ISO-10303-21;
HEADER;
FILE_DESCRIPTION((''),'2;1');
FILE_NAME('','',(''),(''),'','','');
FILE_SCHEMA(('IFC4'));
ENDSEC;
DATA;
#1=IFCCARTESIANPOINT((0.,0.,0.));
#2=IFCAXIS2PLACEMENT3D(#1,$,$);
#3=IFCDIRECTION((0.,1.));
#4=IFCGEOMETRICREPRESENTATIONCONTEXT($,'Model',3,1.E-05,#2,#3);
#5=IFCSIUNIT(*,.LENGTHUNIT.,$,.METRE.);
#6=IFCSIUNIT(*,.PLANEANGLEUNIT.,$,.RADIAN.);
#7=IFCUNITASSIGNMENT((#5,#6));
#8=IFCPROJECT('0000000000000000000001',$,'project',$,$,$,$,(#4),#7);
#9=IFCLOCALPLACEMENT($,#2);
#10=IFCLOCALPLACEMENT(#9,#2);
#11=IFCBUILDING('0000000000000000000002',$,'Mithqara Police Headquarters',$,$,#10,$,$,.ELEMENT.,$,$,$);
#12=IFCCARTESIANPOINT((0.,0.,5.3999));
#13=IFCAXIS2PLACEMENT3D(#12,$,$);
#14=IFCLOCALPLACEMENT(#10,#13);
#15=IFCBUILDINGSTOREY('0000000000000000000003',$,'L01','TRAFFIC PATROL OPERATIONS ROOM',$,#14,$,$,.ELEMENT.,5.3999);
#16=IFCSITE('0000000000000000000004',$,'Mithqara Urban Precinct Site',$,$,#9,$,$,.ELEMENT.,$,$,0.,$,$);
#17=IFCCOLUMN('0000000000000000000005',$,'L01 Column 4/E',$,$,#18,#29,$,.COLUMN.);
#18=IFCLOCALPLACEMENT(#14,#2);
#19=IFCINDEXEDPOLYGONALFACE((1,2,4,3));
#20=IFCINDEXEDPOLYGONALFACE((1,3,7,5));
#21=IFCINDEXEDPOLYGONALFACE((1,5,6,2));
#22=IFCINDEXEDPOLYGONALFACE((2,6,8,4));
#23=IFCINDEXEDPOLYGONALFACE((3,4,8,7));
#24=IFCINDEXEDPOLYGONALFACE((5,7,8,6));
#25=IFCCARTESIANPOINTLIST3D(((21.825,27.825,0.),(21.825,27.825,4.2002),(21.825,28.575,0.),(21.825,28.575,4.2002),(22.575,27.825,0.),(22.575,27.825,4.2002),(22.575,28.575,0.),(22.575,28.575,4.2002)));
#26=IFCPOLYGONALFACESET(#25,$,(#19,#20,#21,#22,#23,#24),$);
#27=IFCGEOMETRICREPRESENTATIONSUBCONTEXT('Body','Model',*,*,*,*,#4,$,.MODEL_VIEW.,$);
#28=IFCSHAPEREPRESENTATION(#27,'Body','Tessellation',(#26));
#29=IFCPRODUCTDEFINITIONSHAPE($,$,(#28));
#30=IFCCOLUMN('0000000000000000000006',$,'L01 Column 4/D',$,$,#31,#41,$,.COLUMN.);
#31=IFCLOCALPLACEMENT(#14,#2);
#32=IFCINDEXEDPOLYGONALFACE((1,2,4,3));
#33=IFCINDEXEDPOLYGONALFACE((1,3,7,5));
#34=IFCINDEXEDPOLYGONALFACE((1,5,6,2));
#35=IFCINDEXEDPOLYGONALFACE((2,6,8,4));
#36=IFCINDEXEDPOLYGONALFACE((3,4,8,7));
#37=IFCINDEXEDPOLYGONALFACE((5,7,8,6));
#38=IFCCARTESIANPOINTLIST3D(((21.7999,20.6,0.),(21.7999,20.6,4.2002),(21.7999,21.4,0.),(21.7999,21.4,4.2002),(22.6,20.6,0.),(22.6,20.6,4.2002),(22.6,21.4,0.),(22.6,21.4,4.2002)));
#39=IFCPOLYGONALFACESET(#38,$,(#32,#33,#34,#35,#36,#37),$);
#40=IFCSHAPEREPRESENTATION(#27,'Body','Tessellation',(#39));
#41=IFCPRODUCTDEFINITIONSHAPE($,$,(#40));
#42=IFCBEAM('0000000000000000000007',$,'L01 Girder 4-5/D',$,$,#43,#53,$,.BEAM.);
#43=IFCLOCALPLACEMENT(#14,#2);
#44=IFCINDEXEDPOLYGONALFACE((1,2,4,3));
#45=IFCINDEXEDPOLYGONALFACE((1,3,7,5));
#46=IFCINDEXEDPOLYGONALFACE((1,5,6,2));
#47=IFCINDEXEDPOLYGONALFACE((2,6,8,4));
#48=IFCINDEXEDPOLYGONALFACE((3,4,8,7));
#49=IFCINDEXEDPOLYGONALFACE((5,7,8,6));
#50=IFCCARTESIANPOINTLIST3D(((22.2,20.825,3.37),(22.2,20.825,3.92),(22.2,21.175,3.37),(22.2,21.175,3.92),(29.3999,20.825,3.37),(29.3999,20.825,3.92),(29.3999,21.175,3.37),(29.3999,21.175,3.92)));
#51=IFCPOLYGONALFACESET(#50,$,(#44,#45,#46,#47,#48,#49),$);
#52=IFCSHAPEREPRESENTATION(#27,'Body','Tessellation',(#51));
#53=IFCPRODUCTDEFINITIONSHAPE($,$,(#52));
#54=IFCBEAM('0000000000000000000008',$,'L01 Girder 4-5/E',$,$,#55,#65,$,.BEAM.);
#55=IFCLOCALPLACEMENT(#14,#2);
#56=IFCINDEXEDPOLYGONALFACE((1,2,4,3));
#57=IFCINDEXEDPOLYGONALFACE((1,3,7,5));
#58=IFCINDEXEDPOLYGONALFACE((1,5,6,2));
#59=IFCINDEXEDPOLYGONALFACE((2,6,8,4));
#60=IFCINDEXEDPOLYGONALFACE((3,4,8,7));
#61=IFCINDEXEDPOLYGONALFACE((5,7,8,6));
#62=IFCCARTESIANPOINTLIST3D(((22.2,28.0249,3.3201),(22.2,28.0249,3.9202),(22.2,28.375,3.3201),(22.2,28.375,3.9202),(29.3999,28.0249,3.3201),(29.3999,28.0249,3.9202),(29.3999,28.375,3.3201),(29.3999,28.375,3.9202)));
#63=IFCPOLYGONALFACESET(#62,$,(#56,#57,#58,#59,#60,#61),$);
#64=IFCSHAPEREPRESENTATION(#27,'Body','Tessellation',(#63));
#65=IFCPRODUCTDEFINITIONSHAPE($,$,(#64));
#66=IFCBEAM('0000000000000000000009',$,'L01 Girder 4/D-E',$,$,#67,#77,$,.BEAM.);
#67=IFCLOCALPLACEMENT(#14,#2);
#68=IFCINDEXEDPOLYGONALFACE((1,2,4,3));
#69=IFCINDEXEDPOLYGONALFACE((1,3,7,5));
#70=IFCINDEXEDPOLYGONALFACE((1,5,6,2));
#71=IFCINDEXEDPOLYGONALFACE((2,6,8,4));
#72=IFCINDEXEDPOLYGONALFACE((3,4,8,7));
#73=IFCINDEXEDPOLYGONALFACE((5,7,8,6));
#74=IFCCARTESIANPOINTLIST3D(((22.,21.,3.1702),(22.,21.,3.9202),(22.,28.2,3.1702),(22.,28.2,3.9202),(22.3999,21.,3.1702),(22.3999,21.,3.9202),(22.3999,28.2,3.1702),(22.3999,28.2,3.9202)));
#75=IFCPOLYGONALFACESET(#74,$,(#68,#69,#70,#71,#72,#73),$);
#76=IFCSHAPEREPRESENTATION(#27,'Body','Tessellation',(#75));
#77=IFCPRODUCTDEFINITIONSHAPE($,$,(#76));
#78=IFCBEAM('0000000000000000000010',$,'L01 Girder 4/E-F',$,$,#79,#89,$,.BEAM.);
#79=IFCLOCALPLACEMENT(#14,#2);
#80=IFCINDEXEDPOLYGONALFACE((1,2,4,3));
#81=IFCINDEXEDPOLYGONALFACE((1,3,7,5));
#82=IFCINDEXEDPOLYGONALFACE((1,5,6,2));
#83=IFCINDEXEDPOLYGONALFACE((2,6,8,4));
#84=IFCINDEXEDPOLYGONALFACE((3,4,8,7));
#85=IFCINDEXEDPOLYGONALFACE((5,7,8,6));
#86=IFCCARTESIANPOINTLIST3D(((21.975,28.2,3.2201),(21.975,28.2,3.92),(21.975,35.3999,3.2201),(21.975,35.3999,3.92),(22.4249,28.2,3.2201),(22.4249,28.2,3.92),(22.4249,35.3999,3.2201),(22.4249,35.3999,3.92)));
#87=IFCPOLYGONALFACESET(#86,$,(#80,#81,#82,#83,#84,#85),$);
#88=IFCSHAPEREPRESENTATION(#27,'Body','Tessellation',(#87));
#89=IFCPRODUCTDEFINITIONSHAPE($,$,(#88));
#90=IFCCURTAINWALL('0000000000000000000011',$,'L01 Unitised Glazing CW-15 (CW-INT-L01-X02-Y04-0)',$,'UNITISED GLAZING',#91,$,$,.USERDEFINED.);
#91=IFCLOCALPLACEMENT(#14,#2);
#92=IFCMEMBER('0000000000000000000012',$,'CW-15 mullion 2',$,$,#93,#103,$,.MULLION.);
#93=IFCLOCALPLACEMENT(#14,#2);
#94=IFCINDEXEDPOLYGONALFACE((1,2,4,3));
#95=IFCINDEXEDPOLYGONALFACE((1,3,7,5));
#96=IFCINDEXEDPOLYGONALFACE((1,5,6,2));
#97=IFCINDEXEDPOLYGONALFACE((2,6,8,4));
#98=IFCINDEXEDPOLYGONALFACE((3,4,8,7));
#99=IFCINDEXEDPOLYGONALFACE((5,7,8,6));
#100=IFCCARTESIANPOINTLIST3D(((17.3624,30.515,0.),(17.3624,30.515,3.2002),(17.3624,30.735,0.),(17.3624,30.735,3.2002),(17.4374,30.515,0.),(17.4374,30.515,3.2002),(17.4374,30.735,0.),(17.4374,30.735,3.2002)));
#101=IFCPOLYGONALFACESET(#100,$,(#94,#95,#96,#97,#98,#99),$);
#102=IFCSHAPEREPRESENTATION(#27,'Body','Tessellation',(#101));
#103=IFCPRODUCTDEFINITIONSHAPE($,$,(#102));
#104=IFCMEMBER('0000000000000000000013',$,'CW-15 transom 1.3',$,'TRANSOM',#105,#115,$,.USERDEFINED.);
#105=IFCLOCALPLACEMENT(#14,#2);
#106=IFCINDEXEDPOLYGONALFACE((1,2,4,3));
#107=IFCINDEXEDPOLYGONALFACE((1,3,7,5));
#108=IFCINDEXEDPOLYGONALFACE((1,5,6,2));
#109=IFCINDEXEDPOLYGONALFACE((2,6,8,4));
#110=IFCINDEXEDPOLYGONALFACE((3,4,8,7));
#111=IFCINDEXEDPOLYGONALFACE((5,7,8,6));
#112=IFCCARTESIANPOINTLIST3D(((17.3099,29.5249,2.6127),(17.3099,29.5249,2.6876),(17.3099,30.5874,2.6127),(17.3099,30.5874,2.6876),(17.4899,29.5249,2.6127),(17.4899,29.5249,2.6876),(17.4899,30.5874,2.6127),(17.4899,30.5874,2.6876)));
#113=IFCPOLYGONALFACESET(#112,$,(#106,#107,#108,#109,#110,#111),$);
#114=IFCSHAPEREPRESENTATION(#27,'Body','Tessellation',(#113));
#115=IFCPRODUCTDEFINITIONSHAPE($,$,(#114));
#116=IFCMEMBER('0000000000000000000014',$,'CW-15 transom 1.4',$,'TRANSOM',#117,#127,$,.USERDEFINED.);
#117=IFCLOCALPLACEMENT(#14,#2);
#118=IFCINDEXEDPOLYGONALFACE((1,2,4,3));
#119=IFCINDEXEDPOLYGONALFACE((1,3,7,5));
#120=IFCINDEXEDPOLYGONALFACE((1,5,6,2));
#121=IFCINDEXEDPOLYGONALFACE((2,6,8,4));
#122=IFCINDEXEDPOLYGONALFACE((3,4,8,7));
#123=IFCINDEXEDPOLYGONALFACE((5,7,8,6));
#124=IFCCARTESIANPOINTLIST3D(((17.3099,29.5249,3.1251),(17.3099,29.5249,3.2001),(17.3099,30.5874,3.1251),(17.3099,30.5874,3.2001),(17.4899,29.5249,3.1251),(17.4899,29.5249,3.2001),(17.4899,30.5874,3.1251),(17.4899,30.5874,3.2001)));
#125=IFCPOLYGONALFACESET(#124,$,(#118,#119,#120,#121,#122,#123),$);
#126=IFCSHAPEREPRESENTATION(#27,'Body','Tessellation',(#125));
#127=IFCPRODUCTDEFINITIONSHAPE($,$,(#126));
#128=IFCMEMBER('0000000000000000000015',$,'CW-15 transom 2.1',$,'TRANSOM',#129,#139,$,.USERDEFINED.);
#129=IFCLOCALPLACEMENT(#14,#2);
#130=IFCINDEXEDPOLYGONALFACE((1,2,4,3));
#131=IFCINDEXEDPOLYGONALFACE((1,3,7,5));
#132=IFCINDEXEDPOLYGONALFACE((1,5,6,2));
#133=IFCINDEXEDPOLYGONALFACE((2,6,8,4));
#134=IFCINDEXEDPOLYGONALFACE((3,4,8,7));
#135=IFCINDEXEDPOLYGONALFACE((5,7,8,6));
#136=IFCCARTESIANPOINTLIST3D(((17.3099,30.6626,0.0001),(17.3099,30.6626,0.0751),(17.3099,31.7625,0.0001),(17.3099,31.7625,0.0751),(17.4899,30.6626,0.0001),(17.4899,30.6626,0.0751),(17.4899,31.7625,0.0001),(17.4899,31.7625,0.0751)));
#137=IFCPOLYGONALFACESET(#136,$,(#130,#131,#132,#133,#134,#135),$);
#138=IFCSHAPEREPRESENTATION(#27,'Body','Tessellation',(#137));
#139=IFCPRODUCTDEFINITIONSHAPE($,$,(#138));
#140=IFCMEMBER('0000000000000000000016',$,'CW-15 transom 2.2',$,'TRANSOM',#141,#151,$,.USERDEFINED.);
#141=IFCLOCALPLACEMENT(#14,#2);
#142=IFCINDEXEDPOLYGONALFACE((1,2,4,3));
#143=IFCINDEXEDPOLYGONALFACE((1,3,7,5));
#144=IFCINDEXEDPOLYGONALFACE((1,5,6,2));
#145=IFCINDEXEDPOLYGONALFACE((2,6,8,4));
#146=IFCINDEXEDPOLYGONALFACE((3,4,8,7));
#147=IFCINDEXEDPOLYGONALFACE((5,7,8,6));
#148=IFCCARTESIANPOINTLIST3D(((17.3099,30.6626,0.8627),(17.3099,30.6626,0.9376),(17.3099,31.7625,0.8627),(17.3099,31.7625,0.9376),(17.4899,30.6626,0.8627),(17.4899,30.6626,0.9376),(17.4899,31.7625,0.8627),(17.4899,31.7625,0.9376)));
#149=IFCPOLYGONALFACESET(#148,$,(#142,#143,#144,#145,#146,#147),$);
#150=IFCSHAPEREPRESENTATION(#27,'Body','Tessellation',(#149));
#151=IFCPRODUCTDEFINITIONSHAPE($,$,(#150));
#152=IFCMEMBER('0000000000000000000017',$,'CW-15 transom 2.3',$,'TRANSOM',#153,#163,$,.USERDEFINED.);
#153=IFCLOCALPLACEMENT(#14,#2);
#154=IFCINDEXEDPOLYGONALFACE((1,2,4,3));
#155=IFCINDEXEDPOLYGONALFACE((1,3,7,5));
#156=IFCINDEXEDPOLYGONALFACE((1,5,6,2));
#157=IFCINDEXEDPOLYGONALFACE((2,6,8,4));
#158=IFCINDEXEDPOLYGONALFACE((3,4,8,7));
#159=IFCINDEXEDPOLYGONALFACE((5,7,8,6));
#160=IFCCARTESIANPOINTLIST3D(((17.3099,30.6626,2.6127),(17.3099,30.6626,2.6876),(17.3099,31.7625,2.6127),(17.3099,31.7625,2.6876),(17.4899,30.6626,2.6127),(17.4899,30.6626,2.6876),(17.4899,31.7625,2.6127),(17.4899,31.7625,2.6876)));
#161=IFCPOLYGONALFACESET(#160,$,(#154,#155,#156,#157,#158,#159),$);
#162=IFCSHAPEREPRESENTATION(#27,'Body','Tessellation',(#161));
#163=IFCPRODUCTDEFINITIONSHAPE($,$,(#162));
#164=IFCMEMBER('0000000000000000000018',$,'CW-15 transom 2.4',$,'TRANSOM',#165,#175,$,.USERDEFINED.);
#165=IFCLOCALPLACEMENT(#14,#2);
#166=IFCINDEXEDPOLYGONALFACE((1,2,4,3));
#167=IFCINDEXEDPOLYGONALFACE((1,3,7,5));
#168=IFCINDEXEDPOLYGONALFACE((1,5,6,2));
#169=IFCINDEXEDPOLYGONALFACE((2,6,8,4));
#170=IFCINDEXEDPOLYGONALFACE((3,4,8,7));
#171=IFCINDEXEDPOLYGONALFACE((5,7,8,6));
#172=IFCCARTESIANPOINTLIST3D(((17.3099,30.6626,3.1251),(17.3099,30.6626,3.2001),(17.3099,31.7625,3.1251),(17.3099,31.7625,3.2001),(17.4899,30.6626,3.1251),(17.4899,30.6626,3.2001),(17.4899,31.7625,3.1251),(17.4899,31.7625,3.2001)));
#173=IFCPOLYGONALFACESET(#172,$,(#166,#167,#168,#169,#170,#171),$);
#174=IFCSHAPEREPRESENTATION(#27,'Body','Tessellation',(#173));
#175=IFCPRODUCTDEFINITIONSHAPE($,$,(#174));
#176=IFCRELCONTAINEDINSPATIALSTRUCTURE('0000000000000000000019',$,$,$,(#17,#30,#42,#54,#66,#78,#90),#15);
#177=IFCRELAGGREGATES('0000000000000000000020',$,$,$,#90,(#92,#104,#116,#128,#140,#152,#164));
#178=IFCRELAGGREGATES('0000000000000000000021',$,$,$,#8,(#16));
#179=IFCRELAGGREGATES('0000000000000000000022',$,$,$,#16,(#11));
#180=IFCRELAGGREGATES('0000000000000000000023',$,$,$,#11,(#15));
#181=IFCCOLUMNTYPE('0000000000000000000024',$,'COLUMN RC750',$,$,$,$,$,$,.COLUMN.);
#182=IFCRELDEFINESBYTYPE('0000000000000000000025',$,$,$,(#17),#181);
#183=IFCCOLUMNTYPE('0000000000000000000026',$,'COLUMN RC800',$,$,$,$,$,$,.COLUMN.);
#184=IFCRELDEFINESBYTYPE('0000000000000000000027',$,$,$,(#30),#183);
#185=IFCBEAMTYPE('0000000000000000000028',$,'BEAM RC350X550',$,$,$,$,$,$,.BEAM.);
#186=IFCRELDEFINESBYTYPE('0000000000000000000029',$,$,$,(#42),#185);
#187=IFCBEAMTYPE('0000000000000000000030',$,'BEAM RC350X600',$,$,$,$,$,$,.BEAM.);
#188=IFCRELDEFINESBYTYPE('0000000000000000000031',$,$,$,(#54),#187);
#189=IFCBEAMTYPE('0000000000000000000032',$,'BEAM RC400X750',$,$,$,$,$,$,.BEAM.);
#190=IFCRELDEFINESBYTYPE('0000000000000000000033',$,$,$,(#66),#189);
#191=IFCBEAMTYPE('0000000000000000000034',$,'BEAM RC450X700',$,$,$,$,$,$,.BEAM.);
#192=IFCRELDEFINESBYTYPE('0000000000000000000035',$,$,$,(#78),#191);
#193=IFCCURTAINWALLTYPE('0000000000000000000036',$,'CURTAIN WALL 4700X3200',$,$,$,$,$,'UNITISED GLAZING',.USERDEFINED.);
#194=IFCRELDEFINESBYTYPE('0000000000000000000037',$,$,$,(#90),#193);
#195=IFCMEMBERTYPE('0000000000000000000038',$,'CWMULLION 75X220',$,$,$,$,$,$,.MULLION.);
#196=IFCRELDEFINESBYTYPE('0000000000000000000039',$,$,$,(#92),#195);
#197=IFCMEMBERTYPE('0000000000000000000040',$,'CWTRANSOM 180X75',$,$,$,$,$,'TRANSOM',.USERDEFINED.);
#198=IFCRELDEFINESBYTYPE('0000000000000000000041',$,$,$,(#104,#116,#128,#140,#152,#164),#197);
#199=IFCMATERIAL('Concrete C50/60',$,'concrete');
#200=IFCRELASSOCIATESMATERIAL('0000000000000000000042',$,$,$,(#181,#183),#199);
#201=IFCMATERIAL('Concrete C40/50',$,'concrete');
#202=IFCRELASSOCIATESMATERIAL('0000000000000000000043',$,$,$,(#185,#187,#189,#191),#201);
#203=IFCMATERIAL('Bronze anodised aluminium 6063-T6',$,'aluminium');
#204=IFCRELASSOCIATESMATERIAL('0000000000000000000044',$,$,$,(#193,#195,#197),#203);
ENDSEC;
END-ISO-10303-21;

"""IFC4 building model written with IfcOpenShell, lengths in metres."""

from ifc_helpers import new_model, si_unit, direction, frame, origin, origin_2d, place, context, subcontext, project, spatial, rectangle, extrude, material, material_profile, profile_set, type_object, element, aggregate, save


model = new_model("IFC4")

# Units and contexts
model_context = context("Model", 3, precision=1e-05, world=origin(), true_north=direction((0.0, 1.0)))
body_context = subcontext(model_context, "Body", "Model", "MODEL_VIEW")
ifc_project = project(units=[si_unit("LENGTHUNIT", "METRE"), si_unit("PLANEANGLEUNIT", "RADIAN")], contexts=[model_context])

# Site, building, storey
site_placement = place(None, origin())
site = spatial("IfcSite", under=ifc_project, at=site_placement, Name="Mithqara Urban Precinct Site", CompositionType="ELEMENT", RefElevation=0.0)
building_placement = place(site_placement, origin())
building = spatial("IfcBuilding", under=site, at=building_placement, Name="Mithqara Police Headquarters", CompositionType="ELEMENT")
storey_placement = place(building_placement, frame((0.0, 0.0, 5.3999)))
storey = spatial("IfcBuildingStorey", under=building, at=storey_placement, Name="L01", Description="TRAFFIC PATROL OPERATIONS ROOM", CompositionType="ELEMENT", Elevation=5.3999)

# Columns
ifc_material_1 = material(Name="Concrete C50/60", Category="concrete")
ifc_material_profile_1 = material_profile(ifc_material_1, rectangle(XDim=0.75, YDim=0.75, at=origin_2d()), Name="RC 750x750")
ifc_profile_set_1 = profile_set([ifc_material_profile_1], Name="Concrete C50/60")
column_type_1 = type_object("IfcColumnType", Name="COLUMN RC750", PredefinedType="COLUMN", material=ifc_profile_set_1)
column_1_placement = place(storey_placement, frame((22.2, 28.2, 0.0), z_axis=(0.0, 0.0, 1.0), x_axis=(1.0, 0.0, 0.0)))
element("IfcColumn", 1, at=column_1_placement, inside=storey, type_object=column_type_1, Name="L01 Column 4/E", PredefinedType="COLUMN", context=body_context, shape_type="SweptSolid", body=[
    extrude(rectangle(XDim=0.75, YDim=0.75, at=origin_2d()), origin(), (0.0, 0.0, 1.0), 4.2002),
])
ifc_material_profile_2 = material_profile(ifc_material_1, rectangle(XDim=0.8, YDim=0.8, at=origin_2d()), Name="RC 800x800")
ifc_profile_set_2 = profile_set([ifc_material_profile_2], Name="Concrete C50/60")
column_type_2 = type_object("IfcColumnType", Name="COLUMN RC800", PredefinedType="COLUMN", material=ifc_profile_set_2)
column_2_placement = place(storey_placement, frame((22.2, 21.0, 0.0), z_axis=(0.0, 0.0, 1.0), x_axis=(1.0, 0.0, 0.0)))
element("IfcColumn", 2, at=column_2_placement, inside=storey, type_object=column_type_2, Name="L01 Column 4/D", PredefinedType="COLUMN", context=body_context, shape_type="SweptSolid", body=[
    extrude(rectangle(XDim=0.8, YDim=0.8, at=origin_2d()), origin(), (0.0, 0.0, 1.0), 4.2002),
])

# Beams
ifc_material_2 = material(Name="Concrete C40/50", Category="concrete")
ifc_material_profile_3 = material_profile(ifc_material_2, rectangle(XDim=0.3501, YDim=0.55, at=origin_2d()), Name="RC 350x550")
ifc_profile_set_3 = profile_set([ifc_material_profile_3], Name="Concrete C40/50")
beam_type_1 = type_object("IfcBeamType", Name="BEAM RC350X550", PredefinedType="BEAM", material=ifc_profile_set_3)
beam_1_placement = place(storey_placement, frame((22.2, 21.0, 3.645), z_axis=(1.0, 0.0, 0.0), x_axis=(0.0, 1.0, 0.0)))
element("IfcBeam", 3, at=beam_1_placement, inside=storey, type_object=beam_type_1, Name="L01 Girder 4-5/D", PredefinedType="BEAM", context=body_context, shape_type="SweptSolid", body=[
    extrude(rectangle(XDim=0.3501, YDim=0.55, at=origin_2d()), origin(), (0.0, 0.0, 1.0), 7.2),
])
ifc_material_profile_4 = material_profile(ifc_material_2, rectangle(XDim=0.3501, YDim=0.6001, at=origin_2d()), Name="RC 350x600")
ifc_profile_set_4 = profile_set([ifc_material_profile_4], Name="Concrete C40/50")
beam_type_2 = type_object("IfcBeamType", Name="BEAM RC350X600", PredefinedType="BEAM", material=ifc_profile_set_4)
beam_2_placement = place(storey_placement, frame((22.2, 28.2, 3.6201), z_axis=(1.0, 0.0, 0.0), x_axis=(0.0, 1.0, 0.0)))
element("IfcBeam", 4, at=beam_2_placement, inside=storey, type_object=beam_type_2, Name="L01 Girder 4-5/E", PredefinedType="BEAM", context=body_context, shape_type="SweptSolid", body=[
    extrude(rectangle(XDim=0.3501, YDim=0.6001, at=origin_2d()), origin(), (0.0, 0.0, 1.0), 7.2),
])
ifc_material_profile_5 = material_profile(ifc_material_2, rectangle(XDim=0.3999, YDim=0.75, at=origin_2d()), Name="RC 400x750")
ifc_profile_set_5 = profile_set([ifc_material_profile_5], Name="Concrete C40/50")
beam_type_3 = type_object("IfcBeamType", Name="BEAM RC400X750", PredefinedType="BEAM", material=ifc_profile_set_5)
beam_3_placement = place(storey_placement, frame((22.2, 21.0, 3.5452), z_axis=(0.0, 1.0, 0.0), x_axis=(-1.0, 0.0, 0.0)))
element("IfcBeam", 5, at=beam_3_placement, inside=storey, type_object=beam_type_3, Name="L01 Girder 4/D-E", PredefinedType="BEAM", context=body_context, shape_type="SweptSolid", body=[
    extrude(rectangle(XDim=0.3999, YDim=0.75, at=origin_2d()), origin(), (0.0, 0.0, 1.0), 7.2),
])
ifc_material_profile_6 = material_profile(ifc_material_2, rectangle(XDim=0.45, YDim=0.7, at=origin_2d()), Name="RC 450x700")
ifc_profile_set_6 = profile_set([ifc_material_profile_6], Name="Concrete C40/50")
beam_type_4 = type_object("IfcBeamType", Name="BEAM RC450X700", PredefinedType="BEAM", material=ifc_profile_set_6)
beam_4_placement = place(storey_placement, frame((22.2, 28.2, 3.5701), z_axis=(0.0, 1.0, 0.0), x_axis=(-1.0, 0.0, 0.0)))
element("IfcBeam", 6, at=beam_4_placement, inside=storey, type_object=beam_type_4, Name="L01 Girder 4/E-F", PredefinedType="BEAM", context=body_context, shape_type="SweptSolid", body=[
    extrude(rectangle(XDim=0.45, YDim=0.7, at=origin_2d()), origin(), (0.0, 0.0, 1.0), 7.2),
])

# Curtain wall, members
ifc_material_3 = material(Name="Bronze anodised aluminium 6063-T6", Category="aluminium")
curtain_wall_type = type_object("IfcCurtainWallType", Name="CURTAIN WALL 4700X3200", ElementType="UNITISED GLAZING", PredefinedType="USERDEFINED", material=ifc_material_3)
curtain_wall_placement = place(storey_placement, origin())
curtain_wall = element("IfcCurtainWall", 7, at=curtain_wall_placement, inside=storey, type_object=curtain_wall_type, Name="L01 Unitised Glazing CW-15 (CW-INT-L01-X02-Y04-0)", ObjectType="UNITISED GLAZING", PredefinedType="USERDEFINED")
ifc_material_profile_7 = material_profile(ifc_material_3, rectangle(XDim=0.075, YDim=0.22, at=origin_2d()), Name="CWM 75x220")
ifc_profile_set_7 = profile_set([ifc_material_profile_7], Name="Bronze anodised aluminium 6063-T6")
member_type_1 = type_object("IfcMemberType", Name="CWMULLION 75X220", PredefinedType="MULLION", material=ifc_profile_set_7)
member_1_placement = place(storey_placement, frame((17.3999, 30.625, 0.0), z_axis=(0.0, 0.0, 1.0), x_axis=(-1.0, 0.0, 0.0)))
member_1 = element("IfcMember", 8, at=member_1_placement, type_object=member_type_1, Name="CW-15 mullion 2", PredefinedType="MULLION", context=body_context, shape_type="SweptSolid", body=[
    extrude(rectangle(XDim=0.075, YDim=0.22, at=origin_2d()), origin(), (0.0, 0.0, 1.0), 3.2002),
])
ifc_material_profile_8 = material_profile(ifc_material_3, rectangle(XDim=0.1799, YDim=0.075, at=origin_2d()), Name="CWT 180x75")
ifc_profile_set_8 = profile_set([ifc_material_profile_8], Name="Bronze anodised aluminium 6063-T6")
member_type_2 = type_object("IfcMemberType", Name="CWTRANSOM 180X75", ElementType="TRANSOM", PredefinedType="USERDEFINED", material=ifc_profile_set_8)
member_2_placement = place(storey_placement, frame((17.3999, 29.5249, 2.6501), z_axis=(0.0, 1.0, 0.0), x_axis=(-1.0, 0.0, 0.0)))
member_2 = element("IfcMember", 9, at=member_2_placement, type_object=member_type_2, Name="CW-15 transom 1.3", ObjectType="TRANSOM", PredefinedType="USERDEFINED", context=body_context, shape_type="SweptSolid", body=[
    extrude(rectangle(XDim=0.1799, YDim=0.075, at=origin_2d()), origin(), (0.0, 0.0, 1.0), 1.0625),
])
member_3_placement = place(storey_placement, frame((17.3999, 29.5249, 3.1626), z_axis=(0.0, 1.0, 0.0), x_axis=(-1.0, 0.0, 0.0)))
member_3 = element("IfcMember", 10, at=member_3_placement, type_object=member_type_2, Name="CW-15 transom 1.4", ObjectType="TRANSOM", PredefinedType="USERDEFINED", context=body_context, shape_type="SweptSolid", body=[
    extrude(rectangle(XDim=0.1799, YDim=0.075, at=origin_2d()), origin(), (0.0, 0.0, 1.0), 1.0625),
])
member_4_placement = place(storey_placement, frame((17.3999, 30.6626, 0.0376), z_axis=(0.0, 1.0, 0.0), x_axis=(-1.0, 0.0, 0.0)))
member_4 = element("IfcMember", 11, at=member_4_placement, type_object=member_type_2, Name="CW-15 transom 2.1", ObjectType="TRANSOM", PredefinedType="USERDEFINED", context=body_context, shape_type="SweptSolid", body=[
    extrude(rectangle(XDim=0.1799, YDim=0.075, at=origin_2d()), origin(), (0.0, 0.0, 1.0), 1.0999),
])
member_5_placement = place(storey_placement, frame((17.3999, 30.6626, 0.9001), z_axis=(0.0, 1.0, 0.0), x_axis=(-1.0, 0.0, 0.0)))
member_5 = element("IfcMember", 12, at=member_5_placement, type_object=member_type_2, Name="CW-15 transom 2.2", ObjectType="TRANSOM", PredefinedType="USERDEFINED", context=body_context, shape_type="SweptSolid", body=[
    extrude(rectangle(XDim=0.1799, YDim=0.075, at=origin_2d()), origin(), (0.0, 0.0, 1.0), 1.0999),
])
member_6_placement = place(storey_placement, frame((17.3999, 30.6626, 2.6501), z_axis=(0.0, 1.0, 0.0), x_axis=(-1.0, 0.0, 0.0)))
member_6 = element("IfcMember", 13, at=member_6_placement, type_object=member_type_2, Name="CW-15 transom 2.3", ObjectType="TRANSOM", PredefinedType="USERDEFINED", context=body_context, shape_type="SweptSolid", body=[
    extrude(rectangle(XDim=0.1799, YDim=0.075, at=origin_2d()), origin(), (0.0, 0.0, 1.0), 1.0999),
])
member_7_placement = place(storey_placement, frame((17.3999, 30.6626, 3.1626), z_axis=(0.0, 1.0, 0.0), x_axis=(-1.0, 0.0, 0.0)))
member_7 = element("IfcMember", 14, at=member_7_placement, type_object=member_type_2, Name="CW-15 transom 2.4", ObjectType="TRANSOM", PredefinedType="USERDEFINED", context=body_context, shape_type="SweptSolid", body=[
    extrude(rectangle(XDim=0.1799, YDim=0.075, at=origin_2d()), origin(), (0.0, 0.0, 1.0), 1.0999),
])
aggregate(curtain_wall, [member_1, member_2, member_3, member_4, member_5, member_6, member_7])

save(model, "model.ifc")
